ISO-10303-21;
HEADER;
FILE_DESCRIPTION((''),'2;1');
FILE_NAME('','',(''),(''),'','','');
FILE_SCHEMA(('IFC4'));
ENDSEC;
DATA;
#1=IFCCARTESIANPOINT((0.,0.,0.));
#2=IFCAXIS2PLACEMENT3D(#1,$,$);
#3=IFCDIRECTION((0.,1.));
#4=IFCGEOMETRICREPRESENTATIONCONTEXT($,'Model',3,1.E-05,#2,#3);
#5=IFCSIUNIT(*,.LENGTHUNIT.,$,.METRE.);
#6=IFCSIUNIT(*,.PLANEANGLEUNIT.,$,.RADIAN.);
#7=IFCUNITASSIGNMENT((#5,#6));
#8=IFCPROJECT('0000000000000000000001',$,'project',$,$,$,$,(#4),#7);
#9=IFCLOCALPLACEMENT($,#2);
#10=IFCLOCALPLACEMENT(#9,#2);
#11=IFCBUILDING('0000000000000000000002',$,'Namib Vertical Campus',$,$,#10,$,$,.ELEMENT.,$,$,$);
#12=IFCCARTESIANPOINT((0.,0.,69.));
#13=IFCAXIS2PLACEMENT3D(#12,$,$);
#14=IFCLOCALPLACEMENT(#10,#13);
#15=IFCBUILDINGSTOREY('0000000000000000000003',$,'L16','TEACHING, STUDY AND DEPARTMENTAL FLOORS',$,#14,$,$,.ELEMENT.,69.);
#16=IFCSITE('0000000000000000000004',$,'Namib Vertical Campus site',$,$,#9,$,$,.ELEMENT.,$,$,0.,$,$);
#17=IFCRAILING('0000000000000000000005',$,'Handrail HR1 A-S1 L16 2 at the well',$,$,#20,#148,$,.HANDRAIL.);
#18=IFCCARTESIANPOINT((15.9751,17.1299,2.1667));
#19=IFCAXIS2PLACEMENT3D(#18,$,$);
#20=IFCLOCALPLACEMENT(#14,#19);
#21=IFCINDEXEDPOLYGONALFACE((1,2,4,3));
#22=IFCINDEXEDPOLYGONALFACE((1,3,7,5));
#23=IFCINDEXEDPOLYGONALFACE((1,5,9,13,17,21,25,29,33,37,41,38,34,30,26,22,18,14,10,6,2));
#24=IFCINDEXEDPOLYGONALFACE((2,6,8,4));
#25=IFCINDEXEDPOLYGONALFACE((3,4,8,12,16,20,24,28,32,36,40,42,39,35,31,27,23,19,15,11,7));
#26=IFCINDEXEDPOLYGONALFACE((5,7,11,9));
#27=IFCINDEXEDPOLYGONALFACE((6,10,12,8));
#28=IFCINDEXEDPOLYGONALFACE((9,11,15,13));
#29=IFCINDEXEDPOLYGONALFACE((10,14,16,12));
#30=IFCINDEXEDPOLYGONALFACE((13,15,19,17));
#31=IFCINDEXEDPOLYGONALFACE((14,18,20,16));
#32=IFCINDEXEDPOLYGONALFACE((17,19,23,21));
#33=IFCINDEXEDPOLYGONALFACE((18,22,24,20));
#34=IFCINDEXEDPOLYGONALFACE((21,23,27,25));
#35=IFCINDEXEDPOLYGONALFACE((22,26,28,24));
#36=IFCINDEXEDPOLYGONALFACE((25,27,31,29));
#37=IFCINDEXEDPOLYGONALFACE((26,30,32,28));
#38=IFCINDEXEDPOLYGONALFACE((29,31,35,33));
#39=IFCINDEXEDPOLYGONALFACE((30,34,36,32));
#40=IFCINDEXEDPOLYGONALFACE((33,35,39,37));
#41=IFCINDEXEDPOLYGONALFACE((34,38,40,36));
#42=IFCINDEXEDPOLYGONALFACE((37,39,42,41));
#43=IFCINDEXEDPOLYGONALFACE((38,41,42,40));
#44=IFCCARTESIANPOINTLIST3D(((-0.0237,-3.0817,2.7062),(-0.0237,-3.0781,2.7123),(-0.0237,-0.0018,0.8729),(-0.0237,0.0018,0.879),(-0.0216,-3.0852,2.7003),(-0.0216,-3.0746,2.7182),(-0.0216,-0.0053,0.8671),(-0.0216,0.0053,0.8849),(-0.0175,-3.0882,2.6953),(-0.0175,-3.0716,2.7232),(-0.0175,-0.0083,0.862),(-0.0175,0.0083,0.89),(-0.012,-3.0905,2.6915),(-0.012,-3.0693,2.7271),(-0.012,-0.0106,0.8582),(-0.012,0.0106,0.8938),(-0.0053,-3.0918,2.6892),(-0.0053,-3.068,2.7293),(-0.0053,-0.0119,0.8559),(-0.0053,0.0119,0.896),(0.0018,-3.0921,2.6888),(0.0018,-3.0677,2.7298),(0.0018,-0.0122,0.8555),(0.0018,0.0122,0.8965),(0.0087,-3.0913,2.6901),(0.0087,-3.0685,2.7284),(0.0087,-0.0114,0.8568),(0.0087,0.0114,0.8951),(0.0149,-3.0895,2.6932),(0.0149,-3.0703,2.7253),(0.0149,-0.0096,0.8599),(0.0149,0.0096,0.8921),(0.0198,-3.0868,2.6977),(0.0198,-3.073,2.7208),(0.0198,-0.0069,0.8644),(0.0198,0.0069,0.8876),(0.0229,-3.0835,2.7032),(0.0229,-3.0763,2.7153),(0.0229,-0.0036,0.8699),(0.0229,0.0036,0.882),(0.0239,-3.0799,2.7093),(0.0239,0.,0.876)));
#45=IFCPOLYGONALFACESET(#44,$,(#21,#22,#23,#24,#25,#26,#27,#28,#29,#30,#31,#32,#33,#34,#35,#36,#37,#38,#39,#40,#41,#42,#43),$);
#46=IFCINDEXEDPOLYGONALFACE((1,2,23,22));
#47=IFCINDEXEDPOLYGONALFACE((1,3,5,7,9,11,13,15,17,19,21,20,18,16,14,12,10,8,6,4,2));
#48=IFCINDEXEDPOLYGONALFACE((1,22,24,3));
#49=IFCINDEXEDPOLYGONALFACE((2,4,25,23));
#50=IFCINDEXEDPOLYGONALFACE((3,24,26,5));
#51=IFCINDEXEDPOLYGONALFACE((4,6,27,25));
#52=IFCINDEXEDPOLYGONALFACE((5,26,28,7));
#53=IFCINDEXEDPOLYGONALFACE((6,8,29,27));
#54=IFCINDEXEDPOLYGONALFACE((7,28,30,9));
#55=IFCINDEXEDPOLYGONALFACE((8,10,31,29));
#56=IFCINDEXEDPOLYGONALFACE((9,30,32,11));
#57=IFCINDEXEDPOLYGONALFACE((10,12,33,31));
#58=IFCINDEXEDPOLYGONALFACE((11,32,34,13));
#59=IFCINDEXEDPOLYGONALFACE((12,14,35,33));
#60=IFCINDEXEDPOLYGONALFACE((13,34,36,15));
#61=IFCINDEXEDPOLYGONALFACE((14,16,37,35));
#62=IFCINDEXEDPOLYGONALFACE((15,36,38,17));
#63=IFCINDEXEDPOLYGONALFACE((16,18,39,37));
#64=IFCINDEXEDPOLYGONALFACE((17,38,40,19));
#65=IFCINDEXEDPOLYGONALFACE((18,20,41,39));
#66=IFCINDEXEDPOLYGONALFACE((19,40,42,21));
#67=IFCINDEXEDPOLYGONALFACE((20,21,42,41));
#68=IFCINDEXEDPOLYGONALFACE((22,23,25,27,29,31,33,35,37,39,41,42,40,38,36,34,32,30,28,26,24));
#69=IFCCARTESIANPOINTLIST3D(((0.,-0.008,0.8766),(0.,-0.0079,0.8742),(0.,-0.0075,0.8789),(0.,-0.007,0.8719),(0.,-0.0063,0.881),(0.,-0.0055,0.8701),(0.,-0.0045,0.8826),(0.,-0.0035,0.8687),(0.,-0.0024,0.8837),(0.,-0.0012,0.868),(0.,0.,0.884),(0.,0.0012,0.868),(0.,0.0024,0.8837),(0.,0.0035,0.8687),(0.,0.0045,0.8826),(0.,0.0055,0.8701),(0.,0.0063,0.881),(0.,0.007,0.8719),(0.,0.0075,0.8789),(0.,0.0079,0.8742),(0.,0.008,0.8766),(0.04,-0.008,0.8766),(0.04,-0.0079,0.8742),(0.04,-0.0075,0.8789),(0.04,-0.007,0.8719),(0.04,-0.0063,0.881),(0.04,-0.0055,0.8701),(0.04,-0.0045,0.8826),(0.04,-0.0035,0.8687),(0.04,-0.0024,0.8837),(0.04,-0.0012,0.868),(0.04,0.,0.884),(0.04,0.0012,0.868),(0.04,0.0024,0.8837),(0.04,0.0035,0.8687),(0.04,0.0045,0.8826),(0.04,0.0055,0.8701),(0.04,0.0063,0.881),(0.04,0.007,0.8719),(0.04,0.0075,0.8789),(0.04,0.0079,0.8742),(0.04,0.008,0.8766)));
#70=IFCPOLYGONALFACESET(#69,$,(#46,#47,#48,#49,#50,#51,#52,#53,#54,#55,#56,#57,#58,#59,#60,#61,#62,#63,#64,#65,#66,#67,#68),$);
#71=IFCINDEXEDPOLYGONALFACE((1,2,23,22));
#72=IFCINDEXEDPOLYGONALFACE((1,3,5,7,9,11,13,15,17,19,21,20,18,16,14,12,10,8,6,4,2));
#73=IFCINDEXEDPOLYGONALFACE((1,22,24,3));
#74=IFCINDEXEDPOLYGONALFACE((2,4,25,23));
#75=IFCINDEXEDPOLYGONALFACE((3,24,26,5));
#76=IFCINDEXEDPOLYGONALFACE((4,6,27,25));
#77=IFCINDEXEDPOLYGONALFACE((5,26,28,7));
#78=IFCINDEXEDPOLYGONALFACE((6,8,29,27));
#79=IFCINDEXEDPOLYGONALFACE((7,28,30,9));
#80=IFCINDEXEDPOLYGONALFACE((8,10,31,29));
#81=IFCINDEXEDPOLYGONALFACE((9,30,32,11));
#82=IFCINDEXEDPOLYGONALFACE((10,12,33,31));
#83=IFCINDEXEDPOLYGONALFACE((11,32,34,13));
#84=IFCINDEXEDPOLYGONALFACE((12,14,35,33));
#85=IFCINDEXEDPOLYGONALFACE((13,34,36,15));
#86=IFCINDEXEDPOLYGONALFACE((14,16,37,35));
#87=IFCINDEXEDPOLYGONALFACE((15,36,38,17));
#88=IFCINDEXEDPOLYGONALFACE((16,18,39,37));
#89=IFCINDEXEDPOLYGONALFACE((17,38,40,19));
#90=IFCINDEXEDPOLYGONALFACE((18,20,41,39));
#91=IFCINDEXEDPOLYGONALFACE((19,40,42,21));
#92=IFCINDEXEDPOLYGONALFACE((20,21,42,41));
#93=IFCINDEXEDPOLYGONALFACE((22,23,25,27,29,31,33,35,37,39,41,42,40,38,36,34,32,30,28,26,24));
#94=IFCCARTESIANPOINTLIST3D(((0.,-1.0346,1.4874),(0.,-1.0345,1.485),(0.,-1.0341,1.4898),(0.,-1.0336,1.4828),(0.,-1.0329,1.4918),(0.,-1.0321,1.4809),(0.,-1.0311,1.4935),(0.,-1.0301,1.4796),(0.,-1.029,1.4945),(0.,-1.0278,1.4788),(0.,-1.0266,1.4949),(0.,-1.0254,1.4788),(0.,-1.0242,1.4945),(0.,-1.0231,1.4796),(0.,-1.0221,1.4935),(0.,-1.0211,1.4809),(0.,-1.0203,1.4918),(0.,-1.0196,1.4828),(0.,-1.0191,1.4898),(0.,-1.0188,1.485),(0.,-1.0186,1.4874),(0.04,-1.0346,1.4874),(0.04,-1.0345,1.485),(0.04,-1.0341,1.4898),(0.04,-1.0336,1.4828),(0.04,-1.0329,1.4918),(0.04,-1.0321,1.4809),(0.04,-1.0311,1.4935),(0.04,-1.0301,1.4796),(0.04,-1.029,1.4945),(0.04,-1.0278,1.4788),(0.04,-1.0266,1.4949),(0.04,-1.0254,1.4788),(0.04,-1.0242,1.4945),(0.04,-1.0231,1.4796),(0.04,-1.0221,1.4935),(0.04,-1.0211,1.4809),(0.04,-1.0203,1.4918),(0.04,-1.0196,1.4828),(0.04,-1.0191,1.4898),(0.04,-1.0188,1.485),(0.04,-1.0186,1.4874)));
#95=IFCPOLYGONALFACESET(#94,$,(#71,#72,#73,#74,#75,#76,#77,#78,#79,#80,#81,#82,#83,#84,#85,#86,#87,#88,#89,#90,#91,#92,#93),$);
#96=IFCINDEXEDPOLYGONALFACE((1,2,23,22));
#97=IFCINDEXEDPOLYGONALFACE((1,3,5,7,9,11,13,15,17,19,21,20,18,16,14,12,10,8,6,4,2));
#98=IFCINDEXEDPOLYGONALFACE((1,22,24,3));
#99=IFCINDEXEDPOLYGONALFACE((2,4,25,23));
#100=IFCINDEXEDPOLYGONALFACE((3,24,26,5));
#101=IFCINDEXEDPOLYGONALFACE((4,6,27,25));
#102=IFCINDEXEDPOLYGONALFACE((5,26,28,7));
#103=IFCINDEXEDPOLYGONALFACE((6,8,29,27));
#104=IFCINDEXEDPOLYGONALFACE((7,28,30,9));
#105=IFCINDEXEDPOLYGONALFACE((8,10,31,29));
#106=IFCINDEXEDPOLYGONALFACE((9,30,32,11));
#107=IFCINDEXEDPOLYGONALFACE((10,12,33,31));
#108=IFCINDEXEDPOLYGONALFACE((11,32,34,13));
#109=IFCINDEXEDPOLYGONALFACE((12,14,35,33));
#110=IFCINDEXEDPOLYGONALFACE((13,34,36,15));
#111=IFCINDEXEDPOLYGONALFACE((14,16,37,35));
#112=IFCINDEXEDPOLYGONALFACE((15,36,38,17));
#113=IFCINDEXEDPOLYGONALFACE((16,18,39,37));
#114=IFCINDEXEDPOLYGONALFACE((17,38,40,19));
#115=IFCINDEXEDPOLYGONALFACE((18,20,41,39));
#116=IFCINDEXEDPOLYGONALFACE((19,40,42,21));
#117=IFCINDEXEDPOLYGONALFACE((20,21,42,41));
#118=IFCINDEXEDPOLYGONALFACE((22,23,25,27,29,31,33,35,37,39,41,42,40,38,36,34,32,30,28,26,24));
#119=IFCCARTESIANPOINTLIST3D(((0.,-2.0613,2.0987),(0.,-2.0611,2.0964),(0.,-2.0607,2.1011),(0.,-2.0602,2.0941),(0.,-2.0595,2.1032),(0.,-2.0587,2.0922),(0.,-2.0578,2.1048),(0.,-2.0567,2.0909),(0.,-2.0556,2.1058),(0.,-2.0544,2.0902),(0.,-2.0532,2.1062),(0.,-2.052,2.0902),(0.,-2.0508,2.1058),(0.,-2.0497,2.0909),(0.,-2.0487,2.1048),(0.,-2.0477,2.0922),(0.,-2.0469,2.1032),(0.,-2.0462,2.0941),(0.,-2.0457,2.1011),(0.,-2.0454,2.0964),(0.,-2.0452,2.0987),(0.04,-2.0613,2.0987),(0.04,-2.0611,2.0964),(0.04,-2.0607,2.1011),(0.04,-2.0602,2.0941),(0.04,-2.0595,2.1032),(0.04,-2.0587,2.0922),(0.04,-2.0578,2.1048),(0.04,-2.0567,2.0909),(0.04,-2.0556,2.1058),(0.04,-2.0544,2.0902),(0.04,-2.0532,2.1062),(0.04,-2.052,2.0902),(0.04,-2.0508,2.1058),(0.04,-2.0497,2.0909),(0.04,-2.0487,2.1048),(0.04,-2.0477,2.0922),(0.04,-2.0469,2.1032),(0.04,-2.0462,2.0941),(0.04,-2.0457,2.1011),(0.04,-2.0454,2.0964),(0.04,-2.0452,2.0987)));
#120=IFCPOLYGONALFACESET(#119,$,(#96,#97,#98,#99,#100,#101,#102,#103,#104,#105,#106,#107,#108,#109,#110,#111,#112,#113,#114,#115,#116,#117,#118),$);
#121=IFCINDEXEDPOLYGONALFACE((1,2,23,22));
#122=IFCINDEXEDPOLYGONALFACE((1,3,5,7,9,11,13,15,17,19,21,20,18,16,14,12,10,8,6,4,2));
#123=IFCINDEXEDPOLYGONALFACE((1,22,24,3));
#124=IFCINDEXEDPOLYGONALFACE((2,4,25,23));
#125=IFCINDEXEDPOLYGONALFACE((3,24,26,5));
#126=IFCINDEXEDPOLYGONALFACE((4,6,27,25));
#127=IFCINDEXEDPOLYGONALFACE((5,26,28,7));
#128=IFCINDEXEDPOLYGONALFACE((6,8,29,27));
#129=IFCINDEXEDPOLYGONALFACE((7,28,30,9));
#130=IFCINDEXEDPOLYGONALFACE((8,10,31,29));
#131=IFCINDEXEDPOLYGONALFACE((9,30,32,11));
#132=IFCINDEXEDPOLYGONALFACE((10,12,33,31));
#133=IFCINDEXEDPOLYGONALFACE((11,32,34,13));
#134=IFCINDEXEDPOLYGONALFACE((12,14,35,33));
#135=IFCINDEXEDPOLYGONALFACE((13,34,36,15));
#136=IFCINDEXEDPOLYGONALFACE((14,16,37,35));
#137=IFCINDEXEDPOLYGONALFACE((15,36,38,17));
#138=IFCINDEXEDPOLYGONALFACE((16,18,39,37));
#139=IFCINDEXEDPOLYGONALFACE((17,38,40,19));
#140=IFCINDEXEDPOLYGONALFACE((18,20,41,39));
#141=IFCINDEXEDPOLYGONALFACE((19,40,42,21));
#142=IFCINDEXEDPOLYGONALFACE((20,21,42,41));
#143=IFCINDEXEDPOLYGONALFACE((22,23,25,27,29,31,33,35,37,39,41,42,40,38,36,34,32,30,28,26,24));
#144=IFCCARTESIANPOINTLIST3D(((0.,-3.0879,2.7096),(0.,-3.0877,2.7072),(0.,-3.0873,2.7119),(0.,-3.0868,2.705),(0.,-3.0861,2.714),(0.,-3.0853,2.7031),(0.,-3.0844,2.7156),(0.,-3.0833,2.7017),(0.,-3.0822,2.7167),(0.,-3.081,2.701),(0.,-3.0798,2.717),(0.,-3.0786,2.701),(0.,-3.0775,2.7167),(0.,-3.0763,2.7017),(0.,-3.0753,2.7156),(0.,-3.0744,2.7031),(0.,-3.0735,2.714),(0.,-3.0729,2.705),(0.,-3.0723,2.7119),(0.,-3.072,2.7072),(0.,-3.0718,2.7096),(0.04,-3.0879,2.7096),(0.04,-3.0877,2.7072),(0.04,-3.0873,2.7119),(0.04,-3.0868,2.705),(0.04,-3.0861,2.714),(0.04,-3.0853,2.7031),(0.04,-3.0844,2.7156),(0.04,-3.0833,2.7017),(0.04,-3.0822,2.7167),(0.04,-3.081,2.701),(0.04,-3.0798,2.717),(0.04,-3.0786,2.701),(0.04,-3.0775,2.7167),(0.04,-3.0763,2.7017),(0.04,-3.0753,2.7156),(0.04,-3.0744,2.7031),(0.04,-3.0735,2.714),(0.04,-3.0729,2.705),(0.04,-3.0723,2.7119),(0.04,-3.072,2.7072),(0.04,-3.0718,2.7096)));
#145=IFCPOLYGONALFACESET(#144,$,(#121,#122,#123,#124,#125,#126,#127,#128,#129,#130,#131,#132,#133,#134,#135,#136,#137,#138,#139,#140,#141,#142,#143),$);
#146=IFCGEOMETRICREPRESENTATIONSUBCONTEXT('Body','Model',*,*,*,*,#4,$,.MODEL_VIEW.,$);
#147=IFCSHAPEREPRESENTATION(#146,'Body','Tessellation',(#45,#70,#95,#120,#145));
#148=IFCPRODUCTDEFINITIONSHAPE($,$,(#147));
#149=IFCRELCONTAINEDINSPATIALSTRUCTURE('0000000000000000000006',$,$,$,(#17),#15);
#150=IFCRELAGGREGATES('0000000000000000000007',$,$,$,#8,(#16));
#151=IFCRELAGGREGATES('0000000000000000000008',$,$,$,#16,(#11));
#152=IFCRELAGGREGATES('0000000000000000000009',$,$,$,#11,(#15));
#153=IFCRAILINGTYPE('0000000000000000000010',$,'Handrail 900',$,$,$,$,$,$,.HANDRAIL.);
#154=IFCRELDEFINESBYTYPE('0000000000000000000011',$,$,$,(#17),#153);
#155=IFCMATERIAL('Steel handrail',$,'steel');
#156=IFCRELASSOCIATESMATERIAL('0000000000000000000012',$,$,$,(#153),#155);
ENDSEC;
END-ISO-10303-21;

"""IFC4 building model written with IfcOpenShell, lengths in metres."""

from ifc_helpers import new_model, si_unit, direction, frame, origin, origin_2d, place, context, subcontext, project, spatial, circle, extrude, material, type_object, element, save


model = new_model("IFC4")

# Units and contexts
model_context = context("Model", 3, precision=1e-05, world=origin(), true_north=direction((0.0, 1.0)))
body_context = subcontext(model_context, "Body", "Model", "MODEL_VIEW")
ifc_project = project(units=[si_unit("LENGTHUNIT", "METRE"), si_unit("PLANEANGLEUNIT", "RADIAN")], contexts=[model_context])

# Site, building, storey
site_placement = place(None, origin())
site = spatial("IfcSite", under=ifc_project, at=site_placement, Name="Namib Vertical Campus site", CompositionType="ELEMENT", RefElevation=0.0)
building_placement = place(site_placement, origin())
building = spatial("IfcBuilding", under=site, at=building_placement, Name="Namib Vertical Campus", CompositionType="ELEMENT")
storey_placement = place(building_placement, frame((0.0, 0.0, 69.0)))
storey = spatial("IfcBuildingStorey", under=building, at=storey_placement, Name="L16", Description="TEACHING, STUDY AND DEPARTMENTAL FLOORS", CompositionType="ELEMENT", Elevation=69.0)

# Railing
ifc_material_1 = material(Name="Steel handrail", Category="steel")
railing_type_1 = type_object("IfcRailingType", Name="Handrail 900", PredefinedType="HANDRAIL", material=ifc_material_1)
railing_1_placement = place(storey_placement, frame((15.9751, 17.1299, 2.1667)))
element("IfcRailing", 1, at=railing_1_placement, inside=storey, type_object=railing_type_1, Name="Handrail HR1 A-S1 L16 2 at the well", PredefinedType="HANDRAIL", context=body_context, shape_type="SweptSolid", body=[
    extrude(circle(Radius=0.0239, at=origin_2d()), frame((0.0, 0.0, 0.876), z_axis=(0.0, -0.859291, 0.511487), x_axis=(1.0, 0.0, 0.0)), (0.0, 0.0, 1.0), 3.5842),
    extrude(circle(Radius=0.0081, at=origin_2d()), frame((0.0, 0.0, 0.876), z_axis=(1.0, 0.0, 0.0), x_axis=(0.0, 0.0, 1.0)), (0.0, 0.0, 1.0), 0.04),
    extrude(circle(Radius=0.0081, at=origin_2d()), frame((0.0, -1.0266, 1.4868), z_axis=(1.0, 0.0, 0.0), x_axis=(0.0, 0.0, 1.0)), (0.0, 0.0, 1.0), 0.04),
    extrude(circle(Radius=0.0081, at=origin_2d()), frame((0.0, -2.0532, 2.0981), z_axis=(1.0, 0.0, 0.0), x_axis=(0.0, 0.0, 1.0)), (0.0, 0.0, 1.0), 0.04),
    extrude(circle(Radius=0.0081, at=origin_2d()), frame((0.0, -3.0798, 2.709), z_axis=(1.0, 0.0, 0.0), x_axis=(0.0, 0.0, 1.0)), (0.0, 0.0, 1.0), 0.04),
])

save(model, "model.ifc")
